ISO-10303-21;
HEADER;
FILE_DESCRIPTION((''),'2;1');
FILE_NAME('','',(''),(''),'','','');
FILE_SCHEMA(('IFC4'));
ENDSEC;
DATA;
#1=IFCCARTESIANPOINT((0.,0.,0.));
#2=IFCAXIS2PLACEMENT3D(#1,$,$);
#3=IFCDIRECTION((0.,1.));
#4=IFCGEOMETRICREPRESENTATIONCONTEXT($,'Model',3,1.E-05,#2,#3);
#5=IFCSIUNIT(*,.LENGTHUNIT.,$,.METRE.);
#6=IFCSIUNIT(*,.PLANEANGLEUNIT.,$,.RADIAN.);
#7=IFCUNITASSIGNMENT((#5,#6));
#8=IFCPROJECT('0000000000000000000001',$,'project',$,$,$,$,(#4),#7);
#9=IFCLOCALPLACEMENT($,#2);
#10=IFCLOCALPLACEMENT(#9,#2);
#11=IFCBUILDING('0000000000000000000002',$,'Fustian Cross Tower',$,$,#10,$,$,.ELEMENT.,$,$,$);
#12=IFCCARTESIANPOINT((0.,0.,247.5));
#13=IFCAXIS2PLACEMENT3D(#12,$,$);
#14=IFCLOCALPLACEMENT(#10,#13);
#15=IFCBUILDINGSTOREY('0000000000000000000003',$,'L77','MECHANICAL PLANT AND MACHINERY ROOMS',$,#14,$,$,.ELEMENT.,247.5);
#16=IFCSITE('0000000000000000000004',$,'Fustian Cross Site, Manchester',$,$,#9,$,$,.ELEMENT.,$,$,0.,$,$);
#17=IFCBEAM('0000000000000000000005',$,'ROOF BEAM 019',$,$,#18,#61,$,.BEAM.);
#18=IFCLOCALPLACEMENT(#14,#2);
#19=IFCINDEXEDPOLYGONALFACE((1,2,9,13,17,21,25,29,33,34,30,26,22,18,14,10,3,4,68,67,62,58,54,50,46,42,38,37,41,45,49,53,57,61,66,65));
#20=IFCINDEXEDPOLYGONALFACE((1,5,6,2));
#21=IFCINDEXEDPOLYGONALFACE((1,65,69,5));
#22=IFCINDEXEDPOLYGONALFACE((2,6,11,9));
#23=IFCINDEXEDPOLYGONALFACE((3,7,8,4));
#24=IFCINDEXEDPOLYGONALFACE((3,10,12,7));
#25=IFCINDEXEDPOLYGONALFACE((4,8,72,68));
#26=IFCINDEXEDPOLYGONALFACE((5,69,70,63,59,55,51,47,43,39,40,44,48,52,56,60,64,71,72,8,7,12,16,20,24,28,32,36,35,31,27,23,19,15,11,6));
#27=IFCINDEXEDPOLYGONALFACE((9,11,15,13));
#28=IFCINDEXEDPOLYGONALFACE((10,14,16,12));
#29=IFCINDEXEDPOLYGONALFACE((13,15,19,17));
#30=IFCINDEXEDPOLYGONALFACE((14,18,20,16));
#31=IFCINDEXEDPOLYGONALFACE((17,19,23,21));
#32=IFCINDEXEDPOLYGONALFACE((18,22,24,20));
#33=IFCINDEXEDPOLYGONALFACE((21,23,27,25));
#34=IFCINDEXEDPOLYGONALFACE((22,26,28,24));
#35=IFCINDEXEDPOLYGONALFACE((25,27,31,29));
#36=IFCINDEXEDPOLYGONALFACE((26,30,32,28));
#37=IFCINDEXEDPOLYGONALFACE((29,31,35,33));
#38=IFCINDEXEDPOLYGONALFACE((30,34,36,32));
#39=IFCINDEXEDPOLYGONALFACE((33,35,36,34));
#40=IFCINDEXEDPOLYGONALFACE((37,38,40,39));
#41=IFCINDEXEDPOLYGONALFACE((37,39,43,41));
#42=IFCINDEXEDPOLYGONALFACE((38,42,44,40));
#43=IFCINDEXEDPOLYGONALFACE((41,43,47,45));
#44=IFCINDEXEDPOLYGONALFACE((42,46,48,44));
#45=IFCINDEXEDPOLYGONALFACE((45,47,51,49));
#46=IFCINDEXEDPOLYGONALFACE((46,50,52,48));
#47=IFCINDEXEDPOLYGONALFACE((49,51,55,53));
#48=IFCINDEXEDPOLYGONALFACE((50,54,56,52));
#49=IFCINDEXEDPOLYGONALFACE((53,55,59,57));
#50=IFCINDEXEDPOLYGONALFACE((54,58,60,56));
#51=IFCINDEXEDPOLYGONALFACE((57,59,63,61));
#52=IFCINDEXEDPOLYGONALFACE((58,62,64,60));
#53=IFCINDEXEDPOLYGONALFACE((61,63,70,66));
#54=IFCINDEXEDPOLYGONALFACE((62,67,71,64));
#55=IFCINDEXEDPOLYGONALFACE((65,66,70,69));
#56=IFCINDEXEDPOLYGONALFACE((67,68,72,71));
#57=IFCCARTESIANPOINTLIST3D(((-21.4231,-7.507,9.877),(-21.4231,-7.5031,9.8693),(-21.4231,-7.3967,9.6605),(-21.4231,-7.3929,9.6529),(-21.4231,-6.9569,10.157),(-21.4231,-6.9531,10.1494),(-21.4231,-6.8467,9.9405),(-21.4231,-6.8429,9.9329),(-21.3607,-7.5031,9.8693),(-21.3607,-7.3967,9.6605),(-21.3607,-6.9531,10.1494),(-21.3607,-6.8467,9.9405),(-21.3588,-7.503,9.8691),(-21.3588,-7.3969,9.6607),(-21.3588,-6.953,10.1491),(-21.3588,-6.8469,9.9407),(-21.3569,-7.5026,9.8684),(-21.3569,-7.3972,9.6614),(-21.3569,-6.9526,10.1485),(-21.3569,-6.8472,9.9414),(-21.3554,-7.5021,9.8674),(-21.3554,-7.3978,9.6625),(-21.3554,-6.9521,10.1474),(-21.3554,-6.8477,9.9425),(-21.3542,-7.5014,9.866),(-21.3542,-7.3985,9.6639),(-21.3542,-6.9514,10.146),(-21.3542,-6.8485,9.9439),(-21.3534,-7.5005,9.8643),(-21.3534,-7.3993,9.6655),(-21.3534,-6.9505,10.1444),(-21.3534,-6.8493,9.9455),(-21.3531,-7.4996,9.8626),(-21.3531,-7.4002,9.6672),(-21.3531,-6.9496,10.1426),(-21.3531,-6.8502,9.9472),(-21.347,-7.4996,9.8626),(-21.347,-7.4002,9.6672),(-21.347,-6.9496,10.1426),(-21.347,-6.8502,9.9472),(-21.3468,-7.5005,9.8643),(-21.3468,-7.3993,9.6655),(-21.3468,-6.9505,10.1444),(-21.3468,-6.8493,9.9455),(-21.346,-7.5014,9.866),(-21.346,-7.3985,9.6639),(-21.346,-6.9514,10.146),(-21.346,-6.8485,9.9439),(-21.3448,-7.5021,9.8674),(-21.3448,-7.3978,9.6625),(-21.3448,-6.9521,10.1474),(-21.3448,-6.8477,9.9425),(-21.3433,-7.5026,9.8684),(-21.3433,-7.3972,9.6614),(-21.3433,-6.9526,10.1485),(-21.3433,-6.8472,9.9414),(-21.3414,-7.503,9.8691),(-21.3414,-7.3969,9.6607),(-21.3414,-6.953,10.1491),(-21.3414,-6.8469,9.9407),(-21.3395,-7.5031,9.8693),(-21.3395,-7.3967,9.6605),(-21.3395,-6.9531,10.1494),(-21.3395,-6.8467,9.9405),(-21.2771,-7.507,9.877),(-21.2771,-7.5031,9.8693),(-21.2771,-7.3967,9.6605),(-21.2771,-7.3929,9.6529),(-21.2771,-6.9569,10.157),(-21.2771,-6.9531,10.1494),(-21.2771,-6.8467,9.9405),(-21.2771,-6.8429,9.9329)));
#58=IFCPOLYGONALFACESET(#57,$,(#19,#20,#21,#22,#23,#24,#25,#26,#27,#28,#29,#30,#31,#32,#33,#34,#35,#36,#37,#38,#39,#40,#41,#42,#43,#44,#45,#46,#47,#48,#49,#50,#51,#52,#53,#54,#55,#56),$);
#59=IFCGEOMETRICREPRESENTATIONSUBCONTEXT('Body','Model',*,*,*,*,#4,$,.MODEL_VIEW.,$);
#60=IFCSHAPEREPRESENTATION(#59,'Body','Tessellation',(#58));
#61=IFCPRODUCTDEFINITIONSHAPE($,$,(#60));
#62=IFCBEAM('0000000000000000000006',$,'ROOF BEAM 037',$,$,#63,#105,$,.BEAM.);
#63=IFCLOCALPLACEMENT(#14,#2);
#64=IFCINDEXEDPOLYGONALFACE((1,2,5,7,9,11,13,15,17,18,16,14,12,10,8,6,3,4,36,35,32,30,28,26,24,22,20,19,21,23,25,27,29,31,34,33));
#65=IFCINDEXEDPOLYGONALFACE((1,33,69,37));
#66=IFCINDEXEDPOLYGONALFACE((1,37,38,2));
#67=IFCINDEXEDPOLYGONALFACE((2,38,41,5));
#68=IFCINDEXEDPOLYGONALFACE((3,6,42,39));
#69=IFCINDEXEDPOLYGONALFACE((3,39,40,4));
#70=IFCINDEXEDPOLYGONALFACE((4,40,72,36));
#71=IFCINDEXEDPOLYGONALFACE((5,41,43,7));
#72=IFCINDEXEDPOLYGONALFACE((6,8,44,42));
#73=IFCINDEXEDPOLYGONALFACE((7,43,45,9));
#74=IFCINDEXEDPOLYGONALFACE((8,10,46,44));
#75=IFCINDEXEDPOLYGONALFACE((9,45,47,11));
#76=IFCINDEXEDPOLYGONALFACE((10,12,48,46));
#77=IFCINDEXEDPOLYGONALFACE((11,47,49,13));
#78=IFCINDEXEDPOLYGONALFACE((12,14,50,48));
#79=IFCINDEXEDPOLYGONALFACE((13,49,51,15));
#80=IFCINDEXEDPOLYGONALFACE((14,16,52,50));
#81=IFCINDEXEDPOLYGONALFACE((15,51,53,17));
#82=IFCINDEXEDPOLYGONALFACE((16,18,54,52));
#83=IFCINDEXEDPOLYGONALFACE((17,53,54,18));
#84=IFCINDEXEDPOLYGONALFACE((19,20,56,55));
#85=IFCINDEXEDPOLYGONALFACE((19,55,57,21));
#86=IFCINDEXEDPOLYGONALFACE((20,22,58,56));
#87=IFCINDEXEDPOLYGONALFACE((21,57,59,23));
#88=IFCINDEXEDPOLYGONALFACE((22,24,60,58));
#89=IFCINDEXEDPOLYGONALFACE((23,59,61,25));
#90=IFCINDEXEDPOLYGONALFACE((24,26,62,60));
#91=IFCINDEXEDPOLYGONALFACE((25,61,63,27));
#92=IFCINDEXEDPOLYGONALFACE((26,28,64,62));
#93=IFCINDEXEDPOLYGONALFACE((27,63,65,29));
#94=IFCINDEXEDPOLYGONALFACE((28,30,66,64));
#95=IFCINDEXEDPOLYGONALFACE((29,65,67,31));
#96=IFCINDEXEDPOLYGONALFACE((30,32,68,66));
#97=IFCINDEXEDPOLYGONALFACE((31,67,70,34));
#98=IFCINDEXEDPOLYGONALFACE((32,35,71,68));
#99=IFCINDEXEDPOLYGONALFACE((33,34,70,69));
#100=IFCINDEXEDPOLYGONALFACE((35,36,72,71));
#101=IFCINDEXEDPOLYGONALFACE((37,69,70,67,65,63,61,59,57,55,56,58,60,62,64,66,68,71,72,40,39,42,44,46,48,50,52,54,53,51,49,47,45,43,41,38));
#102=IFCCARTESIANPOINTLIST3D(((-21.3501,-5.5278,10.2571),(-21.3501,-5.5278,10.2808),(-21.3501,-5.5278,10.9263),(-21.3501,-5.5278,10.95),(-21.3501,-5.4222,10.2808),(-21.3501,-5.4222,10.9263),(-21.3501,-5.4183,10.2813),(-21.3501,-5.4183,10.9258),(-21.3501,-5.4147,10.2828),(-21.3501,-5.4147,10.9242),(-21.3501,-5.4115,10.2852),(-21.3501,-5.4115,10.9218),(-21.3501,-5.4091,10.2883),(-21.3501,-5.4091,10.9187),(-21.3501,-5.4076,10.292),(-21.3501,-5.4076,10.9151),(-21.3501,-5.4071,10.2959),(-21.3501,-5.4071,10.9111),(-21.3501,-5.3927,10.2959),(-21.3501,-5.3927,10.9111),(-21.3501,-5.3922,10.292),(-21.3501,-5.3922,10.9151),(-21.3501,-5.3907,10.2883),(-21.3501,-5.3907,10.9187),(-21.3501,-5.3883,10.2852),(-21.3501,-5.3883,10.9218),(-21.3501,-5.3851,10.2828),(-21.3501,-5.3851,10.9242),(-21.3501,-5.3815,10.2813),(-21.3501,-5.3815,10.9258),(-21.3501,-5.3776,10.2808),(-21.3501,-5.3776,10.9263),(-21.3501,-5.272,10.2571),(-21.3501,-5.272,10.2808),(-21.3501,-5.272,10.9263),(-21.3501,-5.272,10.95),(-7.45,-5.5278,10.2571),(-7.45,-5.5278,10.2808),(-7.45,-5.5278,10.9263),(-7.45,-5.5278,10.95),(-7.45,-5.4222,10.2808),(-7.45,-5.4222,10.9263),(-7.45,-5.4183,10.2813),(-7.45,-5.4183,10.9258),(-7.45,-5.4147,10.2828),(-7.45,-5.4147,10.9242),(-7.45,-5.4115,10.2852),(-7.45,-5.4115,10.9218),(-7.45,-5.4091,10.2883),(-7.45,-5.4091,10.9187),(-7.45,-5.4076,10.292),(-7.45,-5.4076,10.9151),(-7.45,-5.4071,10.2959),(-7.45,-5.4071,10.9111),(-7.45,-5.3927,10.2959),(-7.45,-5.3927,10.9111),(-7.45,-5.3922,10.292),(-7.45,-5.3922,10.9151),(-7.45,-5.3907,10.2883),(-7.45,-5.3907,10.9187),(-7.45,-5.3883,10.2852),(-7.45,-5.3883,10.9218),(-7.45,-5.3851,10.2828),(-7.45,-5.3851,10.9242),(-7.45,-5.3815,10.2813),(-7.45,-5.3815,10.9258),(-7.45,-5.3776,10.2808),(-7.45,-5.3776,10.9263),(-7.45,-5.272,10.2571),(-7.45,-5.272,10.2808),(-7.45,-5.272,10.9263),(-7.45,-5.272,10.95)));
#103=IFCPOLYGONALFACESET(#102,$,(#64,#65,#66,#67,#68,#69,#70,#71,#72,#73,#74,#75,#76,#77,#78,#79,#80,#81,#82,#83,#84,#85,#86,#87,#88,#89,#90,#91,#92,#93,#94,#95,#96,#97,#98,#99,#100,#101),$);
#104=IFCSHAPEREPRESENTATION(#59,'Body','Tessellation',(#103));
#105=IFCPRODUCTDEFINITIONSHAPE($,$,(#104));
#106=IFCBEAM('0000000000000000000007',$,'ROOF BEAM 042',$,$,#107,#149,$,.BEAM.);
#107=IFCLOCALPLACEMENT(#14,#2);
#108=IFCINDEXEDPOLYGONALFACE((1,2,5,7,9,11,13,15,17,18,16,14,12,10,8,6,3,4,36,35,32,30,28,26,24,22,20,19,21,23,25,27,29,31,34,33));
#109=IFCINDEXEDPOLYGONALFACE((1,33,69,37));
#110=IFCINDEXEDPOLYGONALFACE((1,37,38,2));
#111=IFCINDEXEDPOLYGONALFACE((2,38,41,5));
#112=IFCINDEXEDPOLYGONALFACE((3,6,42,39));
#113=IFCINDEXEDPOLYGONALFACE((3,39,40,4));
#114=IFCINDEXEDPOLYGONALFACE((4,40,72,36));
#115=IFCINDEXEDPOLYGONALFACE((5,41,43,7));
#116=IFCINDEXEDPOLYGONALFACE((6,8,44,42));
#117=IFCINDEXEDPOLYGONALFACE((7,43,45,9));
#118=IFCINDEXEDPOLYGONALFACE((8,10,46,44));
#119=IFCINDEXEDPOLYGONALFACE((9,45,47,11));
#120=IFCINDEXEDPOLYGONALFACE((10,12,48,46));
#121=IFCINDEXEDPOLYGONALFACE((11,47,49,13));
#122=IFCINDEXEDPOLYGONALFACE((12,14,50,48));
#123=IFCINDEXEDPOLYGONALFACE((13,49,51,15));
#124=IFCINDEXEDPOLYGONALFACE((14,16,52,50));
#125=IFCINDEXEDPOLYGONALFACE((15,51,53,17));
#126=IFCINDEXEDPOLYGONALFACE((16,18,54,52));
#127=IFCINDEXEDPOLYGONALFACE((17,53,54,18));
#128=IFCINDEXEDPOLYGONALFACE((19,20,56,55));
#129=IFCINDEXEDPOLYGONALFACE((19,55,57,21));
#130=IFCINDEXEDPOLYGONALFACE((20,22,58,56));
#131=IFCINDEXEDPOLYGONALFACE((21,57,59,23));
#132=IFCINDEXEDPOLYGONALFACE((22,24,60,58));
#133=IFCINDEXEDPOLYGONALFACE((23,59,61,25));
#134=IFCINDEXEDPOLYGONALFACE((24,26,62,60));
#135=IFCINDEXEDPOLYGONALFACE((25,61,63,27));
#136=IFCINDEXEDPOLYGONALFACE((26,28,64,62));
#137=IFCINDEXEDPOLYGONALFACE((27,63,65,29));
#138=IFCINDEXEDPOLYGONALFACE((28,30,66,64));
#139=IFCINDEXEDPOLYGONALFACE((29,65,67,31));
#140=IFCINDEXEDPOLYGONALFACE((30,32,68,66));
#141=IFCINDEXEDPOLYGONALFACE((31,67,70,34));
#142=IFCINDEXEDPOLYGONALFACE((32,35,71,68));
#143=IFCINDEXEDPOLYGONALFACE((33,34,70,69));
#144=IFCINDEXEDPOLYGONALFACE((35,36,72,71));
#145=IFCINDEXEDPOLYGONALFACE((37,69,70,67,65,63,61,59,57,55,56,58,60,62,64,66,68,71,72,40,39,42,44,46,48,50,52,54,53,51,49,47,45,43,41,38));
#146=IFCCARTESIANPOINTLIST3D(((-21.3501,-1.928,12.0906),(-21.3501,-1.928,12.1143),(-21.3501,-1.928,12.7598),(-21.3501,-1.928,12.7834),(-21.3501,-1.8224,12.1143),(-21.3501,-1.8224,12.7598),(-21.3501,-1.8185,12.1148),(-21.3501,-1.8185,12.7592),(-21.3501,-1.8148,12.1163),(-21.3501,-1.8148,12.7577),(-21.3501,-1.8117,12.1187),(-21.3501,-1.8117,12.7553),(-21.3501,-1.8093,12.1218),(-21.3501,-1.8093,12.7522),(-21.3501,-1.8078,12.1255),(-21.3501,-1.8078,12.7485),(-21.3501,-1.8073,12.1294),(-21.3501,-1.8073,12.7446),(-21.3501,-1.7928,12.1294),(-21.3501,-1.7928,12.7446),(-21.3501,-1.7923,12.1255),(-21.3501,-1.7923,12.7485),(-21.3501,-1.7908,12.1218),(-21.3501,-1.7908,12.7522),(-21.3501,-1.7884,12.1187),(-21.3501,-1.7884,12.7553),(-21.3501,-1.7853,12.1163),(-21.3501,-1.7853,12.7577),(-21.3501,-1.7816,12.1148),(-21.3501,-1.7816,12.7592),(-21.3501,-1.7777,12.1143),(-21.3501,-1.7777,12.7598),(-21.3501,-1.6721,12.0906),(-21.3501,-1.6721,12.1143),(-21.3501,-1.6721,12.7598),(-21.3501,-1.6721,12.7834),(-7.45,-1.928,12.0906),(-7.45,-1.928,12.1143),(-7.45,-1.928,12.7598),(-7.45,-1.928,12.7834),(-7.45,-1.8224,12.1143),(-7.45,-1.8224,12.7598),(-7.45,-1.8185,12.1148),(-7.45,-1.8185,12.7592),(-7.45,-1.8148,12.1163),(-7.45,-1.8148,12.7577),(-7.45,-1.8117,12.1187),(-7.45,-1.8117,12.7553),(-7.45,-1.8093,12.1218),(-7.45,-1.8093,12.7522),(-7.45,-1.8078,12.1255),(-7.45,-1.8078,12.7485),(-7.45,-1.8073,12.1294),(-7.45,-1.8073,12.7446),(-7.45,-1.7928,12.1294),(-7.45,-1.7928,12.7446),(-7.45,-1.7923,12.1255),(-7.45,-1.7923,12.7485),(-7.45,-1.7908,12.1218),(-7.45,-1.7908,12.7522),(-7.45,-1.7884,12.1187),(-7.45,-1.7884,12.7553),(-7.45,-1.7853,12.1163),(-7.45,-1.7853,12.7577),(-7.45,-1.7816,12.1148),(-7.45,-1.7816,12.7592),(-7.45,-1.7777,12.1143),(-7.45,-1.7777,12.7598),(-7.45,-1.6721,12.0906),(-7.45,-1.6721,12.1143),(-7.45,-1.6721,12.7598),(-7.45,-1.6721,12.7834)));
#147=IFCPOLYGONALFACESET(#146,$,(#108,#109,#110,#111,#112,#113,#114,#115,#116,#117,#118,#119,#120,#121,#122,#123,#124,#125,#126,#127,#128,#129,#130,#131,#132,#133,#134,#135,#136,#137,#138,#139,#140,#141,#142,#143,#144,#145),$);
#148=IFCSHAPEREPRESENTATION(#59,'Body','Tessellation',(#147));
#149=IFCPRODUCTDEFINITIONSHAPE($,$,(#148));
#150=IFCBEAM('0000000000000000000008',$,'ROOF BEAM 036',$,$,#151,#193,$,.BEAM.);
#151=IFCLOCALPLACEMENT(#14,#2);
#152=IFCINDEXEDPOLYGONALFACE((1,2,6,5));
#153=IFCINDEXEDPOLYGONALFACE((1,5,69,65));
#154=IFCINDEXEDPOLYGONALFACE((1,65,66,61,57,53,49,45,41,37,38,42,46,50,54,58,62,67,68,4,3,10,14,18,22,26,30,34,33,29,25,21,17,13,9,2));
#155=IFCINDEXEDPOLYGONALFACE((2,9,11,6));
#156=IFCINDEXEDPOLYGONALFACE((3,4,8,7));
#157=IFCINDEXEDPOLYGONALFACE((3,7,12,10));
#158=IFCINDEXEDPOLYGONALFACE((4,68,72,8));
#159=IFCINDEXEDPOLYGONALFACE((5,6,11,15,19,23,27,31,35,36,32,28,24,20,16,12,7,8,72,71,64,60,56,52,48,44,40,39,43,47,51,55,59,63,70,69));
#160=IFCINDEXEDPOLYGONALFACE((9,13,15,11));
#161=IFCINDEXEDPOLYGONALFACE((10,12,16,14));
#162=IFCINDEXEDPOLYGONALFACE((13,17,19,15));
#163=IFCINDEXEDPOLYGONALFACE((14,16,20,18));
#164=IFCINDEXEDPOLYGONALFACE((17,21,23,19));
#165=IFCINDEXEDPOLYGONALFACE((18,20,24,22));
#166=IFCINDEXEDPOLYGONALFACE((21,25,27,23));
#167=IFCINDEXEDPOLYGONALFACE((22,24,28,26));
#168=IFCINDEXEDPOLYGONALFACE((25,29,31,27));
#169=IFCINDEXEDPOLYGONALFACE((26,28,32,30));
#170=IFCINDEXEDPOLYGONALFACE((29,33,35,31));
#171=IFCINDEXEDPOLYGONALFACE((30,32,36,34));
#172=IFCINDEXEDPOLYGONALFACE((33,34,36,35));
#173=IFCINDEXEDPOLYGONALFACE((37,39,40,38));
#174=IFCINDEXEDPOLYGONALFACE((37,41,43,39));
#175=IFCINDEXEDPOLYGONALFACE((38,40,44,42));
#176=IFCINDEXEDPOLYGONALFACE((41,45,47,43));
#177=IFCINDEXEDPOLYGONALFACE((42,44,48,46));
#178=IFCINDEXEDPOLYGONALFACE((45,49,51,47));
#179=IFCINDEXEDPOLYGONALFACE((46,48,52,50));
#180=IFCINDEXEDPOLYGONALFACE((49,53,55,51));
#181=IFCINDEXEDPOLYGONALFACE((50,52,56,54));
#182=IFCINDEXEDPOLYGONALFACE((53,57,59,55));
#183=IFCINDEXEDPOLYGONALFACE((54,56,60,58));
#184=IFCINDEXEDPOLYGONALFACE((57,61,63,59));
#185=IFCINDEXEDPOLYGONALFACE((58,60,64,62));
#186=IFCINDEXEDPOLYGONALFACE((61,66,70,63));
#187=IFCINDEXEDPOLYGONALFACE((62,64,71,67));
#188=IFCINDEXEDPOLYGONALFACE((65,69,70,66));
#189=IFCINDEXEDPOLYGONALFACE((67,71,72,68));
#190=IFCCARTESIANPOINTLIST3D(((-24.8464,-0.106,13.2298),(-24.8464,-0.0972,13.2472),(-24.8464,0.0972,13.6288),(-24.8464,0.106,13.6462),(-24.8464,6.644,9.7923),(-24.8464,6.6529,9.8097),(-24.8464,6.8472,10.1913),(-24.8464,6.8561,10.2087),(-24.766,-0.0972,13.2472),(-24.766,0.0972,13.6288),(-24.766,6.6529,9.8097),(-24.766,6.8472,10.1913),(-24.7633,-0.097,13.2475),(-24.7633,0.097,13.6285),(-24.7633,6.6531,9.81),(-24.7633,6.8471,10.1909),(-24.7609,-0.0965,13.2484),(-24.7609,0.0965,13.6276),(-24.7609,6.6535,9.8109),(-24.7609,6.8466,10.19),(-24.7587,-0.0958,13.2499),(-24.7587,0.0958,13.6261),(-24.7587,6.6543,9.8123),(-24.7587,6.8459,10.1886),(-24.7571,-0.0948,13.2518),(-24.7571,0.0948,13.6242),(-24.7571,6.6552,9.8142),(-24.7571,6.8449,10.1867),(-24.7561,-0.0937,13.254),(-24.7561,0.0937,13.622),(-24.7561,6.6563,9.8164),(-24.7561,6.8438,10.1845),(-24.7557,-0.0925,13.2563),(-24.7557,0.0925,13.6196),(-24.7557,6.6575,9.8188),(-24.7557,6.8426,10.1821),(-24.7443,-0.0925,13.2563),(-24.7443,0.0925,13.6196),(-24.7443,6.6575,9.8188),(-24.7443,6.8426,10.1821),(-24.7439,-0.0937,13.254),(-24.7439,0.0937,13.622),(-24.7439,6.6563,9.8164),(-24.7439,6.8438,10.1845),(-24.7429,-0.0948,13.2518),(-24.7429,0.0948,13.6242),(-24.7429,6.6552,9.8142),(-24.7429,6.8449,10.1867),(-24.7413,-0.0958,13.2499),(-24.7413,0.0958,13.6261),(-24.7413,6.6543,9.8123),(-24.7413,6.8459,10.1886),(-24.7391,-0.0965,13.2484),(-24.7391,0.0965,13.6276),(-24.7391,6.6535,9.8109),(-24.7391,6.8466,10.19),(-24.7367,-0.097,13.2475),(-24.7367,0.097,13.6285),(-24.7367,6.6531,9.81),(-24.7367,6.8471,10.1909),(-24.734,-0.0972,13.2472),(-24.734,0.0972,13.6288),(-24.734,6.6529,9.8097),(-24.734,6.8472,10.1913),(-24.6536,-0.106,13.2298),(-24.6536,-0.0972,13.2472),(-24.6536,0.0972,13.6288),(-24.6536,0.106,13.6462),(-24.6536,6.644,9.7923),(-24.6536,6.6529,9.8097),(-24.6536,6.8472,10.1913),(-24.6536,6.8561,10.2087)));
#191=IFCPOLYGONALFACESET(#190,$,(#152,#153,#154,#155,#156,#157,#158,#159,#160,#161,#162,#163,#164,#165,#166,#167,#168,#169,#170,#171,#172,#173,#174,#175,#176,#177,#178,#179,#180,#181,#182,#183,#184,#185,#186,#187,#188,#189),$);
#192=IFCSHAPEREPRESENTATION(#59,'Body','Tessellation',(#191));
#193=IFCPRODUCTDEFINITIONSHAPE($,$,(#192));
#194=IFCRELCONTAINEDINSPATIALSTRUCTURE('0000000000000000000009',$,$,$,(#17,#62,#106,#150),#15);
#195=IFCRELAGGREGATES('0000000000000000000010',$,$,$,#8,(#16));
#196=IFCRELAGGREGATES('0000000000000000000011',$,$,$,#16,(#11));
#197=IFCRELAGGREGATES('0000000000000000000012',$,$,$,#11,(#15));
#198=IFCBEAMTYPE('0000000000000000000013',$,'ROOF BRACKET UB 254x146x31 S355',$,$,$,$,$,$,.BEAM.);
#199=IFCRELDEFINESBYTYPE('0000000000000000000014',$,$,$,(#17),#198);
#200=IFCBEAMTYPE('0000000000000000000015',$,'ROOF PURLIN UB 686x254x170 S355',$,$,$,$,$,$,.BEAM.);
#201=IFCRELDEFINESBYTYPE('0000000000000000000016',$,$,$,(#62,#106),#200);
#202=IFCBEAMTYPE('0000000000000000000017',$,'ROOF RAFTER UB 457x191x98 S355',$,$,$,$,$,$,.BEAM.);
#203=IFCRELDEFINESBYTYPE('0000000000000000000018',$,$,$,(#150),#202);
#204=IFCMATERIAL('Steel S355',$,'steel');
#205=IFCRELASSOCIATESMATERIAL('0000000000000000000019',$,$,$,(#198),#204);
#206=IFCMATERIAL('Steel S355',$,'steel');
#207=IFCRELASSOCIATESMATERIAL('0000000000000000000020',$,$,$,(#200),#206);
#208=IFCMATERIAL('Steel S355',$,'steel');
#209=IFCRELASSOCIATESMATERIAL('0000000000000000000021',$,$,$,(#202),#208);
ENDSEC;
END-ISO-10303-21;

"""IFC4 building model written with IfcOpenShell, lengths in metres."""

from ifc_helpers import new_model, si_unit, direction, frame, origin, origin_2d, place, context, subcontext, project, spatial, i_section, extrude, material, material_profile, profile_set, type_object, element, save


model = new_model("IFC4")

# Units and contexts
model_context = context("Model", 3, precision=1e-05, world=origin(), true_north=direction((0.0, 1.0)))
body_context = subcontext(model_context, "Body", "Model", "MODEL_VIEW")
ifc_project = project(units=[si_unit("LENGTHUNIT", "METRE"), si_unit("PLANEANGLEUNIT", "RADIAN")], contexts=[model_context])

# Site, building, storey
site_placement = place(None, origin())
site = spatial("IfcSite", under=ifc_project, at=site_placement, Name="Fustian Cross Site, Manchester", CompositionType="ELEMENT", RefElevation=0.0)
building_placement = place(site_placement, origin())
building = spatial("IfcBuilding", under=site, at=building_placement, Name="Fustian Cross Tower", CompositionType="ELEMENT")
storey_placement = place(building_placement, frame((0.0, 0.0, 247.5)))
storey = spatial("IfcBuildingStorey", under=building, at=storey_placement, Name="L77", Description="MECHANICAL PLANT AND MACHINERY ROOMS", CompositionType="ELEMENT", Elevation=247.5)

# Beams
ifc_material_1 = material(Name="Steel S355", Category="steel")
ifc_material_profile_1 = material_profile(ifc_material_1, i_section(OverallWidth=0.146, OverallDepth=0.2515, WebThickness=0.0061, FlangeThickness=0.0085, FilletRadius=0.0076, at=origin_2d()), Name="UB 254x146x31")
ifc_profile_set_1 = profile_set([ifc_material_profile_1], Name="Steel S355")
beam_type_1 = type_object("IfcBeamType", Name="ROOF BRACKET UB 254x146x31 S355", PredefinedType="BEAM", material=ifc_profile_set_1)
beam_1_placement = place(storey_placement, frame((-21.3501, -6.8999, 10.0449), z_axis=(0.0, -0.89116, -0.453689), x_axis=(1.0, 0.0, 0.0)))
element("IfcBeam", 1, at=beam_1_placement, inside=storey, type_object=beam_type_1, Name="ROOF BEAM 019", PredefinedType="BEAM", context=body_context, shape_type="SweptSolid", body=[
    extrude(i_section(OverallWidth=0.146, OverallDepth=0.2515, WebThickness=0.0061, FlangeThickness=0.0085, FilletRadius=0.0076, at=origin_2d()), origin(), (0.0, 0.0, 1.0), 0.6172),
])
ifc_material_2 = material(Name="Steel S355", Category="steel")
ifc_material_profile_2 = material_profile(ifc_material_2, i_section(OverallWidth=0.2559, OverallDepth=0.6929, WebThickness=0.0144, FlangeThickness=0.0237, FilletRadius=0.0151, at=origin_2d()), Name="UB 686x254x170")
ifc_profile_set_2 = profile_set([ifc_material_profile_2], Name="Steel S355")
beam_type_2 = type_object("IfcBeamType", Name="ROOF PURLIN UB 686x254x170 S355", PredefinedType="BEAM", material=ifc_profile_set_2)
for number, where, z_axis, x_axis, name in (
    (2, (-21.3501, -5.3999, 10.6035), (1.0, 0.0, 0.0), (0.0, 1.0, 0.0), "ROOF BEAM 037"),
    (3, (-21.3501, -1.8, 12.437), (1.0, 0.0, 0.0), (0.0, 1.0, 0.0), "ROOF BEAM 042"),
):
    element("IfcBeam", number, at=place(storey_placement, frame(where, z_axis=z_axis, x_axis=x_axis)), inside=storey, type_object=beam_type_2, Name=name, PredefinedType="BEAM", context=body_context, shape_type="SweptSolid", body=[
        extrude(i_section(OverallWidth=0.2559, OverallDepth=0.6929, WebThickness=0.0144, FlangeThickness=0.0237, FilletRadius=0.0151, at=origin_2d()), origin(), (0.0, 0.0, 1.0), 13.9001),
    ])
ifc_material_3 = material(Name="Steel S355", Category="steel")
ifc_material_profile_3 = material_profile(ifc_material_3, i_section(OverallWidth=0.1929, OverallDepth=0.4673, WebThickness=0.0115, FlangeThickness=0.0195, FilletRadius=0.0103, at=origin_2d()), Name="UB 457x191x98")
ifc_profile_set_3 = profile_set([ifc_material_profile_3], Name="Steel S355")
beam_type_3 = type_object("IfcBeamType", Name="ROOF RAFTER UB 457x191x98 S355", PredefinedType="BEAM", material=ifc_profile_set_3)
beam_2_placement = place(storey_placement, frame((-24.75, 0.0, 13.438), z_axis=(0.0, 0.891102, -0.453802), x_axis=(-1.0, 0.0, 0.0)))
element("IfcBeam", 4, at=beam_2_placement, inside=storey, type_object=beam_type_3, Name="ROOF BEAM 036", PredefinedType="BEAM", context=body_context, shape_type="SweptSolid", body=[
    extrude(i_section(OverallWidth=0.1929, OverallDepth=0.4673, WebThickness=0.0115, FlangeThickness=0.0195, FilletRadius=0.0103, at=origin_2d()), origin(), (0.0, 0.0, 1.0), 7.575),
])

save(model, "model.ifc")
